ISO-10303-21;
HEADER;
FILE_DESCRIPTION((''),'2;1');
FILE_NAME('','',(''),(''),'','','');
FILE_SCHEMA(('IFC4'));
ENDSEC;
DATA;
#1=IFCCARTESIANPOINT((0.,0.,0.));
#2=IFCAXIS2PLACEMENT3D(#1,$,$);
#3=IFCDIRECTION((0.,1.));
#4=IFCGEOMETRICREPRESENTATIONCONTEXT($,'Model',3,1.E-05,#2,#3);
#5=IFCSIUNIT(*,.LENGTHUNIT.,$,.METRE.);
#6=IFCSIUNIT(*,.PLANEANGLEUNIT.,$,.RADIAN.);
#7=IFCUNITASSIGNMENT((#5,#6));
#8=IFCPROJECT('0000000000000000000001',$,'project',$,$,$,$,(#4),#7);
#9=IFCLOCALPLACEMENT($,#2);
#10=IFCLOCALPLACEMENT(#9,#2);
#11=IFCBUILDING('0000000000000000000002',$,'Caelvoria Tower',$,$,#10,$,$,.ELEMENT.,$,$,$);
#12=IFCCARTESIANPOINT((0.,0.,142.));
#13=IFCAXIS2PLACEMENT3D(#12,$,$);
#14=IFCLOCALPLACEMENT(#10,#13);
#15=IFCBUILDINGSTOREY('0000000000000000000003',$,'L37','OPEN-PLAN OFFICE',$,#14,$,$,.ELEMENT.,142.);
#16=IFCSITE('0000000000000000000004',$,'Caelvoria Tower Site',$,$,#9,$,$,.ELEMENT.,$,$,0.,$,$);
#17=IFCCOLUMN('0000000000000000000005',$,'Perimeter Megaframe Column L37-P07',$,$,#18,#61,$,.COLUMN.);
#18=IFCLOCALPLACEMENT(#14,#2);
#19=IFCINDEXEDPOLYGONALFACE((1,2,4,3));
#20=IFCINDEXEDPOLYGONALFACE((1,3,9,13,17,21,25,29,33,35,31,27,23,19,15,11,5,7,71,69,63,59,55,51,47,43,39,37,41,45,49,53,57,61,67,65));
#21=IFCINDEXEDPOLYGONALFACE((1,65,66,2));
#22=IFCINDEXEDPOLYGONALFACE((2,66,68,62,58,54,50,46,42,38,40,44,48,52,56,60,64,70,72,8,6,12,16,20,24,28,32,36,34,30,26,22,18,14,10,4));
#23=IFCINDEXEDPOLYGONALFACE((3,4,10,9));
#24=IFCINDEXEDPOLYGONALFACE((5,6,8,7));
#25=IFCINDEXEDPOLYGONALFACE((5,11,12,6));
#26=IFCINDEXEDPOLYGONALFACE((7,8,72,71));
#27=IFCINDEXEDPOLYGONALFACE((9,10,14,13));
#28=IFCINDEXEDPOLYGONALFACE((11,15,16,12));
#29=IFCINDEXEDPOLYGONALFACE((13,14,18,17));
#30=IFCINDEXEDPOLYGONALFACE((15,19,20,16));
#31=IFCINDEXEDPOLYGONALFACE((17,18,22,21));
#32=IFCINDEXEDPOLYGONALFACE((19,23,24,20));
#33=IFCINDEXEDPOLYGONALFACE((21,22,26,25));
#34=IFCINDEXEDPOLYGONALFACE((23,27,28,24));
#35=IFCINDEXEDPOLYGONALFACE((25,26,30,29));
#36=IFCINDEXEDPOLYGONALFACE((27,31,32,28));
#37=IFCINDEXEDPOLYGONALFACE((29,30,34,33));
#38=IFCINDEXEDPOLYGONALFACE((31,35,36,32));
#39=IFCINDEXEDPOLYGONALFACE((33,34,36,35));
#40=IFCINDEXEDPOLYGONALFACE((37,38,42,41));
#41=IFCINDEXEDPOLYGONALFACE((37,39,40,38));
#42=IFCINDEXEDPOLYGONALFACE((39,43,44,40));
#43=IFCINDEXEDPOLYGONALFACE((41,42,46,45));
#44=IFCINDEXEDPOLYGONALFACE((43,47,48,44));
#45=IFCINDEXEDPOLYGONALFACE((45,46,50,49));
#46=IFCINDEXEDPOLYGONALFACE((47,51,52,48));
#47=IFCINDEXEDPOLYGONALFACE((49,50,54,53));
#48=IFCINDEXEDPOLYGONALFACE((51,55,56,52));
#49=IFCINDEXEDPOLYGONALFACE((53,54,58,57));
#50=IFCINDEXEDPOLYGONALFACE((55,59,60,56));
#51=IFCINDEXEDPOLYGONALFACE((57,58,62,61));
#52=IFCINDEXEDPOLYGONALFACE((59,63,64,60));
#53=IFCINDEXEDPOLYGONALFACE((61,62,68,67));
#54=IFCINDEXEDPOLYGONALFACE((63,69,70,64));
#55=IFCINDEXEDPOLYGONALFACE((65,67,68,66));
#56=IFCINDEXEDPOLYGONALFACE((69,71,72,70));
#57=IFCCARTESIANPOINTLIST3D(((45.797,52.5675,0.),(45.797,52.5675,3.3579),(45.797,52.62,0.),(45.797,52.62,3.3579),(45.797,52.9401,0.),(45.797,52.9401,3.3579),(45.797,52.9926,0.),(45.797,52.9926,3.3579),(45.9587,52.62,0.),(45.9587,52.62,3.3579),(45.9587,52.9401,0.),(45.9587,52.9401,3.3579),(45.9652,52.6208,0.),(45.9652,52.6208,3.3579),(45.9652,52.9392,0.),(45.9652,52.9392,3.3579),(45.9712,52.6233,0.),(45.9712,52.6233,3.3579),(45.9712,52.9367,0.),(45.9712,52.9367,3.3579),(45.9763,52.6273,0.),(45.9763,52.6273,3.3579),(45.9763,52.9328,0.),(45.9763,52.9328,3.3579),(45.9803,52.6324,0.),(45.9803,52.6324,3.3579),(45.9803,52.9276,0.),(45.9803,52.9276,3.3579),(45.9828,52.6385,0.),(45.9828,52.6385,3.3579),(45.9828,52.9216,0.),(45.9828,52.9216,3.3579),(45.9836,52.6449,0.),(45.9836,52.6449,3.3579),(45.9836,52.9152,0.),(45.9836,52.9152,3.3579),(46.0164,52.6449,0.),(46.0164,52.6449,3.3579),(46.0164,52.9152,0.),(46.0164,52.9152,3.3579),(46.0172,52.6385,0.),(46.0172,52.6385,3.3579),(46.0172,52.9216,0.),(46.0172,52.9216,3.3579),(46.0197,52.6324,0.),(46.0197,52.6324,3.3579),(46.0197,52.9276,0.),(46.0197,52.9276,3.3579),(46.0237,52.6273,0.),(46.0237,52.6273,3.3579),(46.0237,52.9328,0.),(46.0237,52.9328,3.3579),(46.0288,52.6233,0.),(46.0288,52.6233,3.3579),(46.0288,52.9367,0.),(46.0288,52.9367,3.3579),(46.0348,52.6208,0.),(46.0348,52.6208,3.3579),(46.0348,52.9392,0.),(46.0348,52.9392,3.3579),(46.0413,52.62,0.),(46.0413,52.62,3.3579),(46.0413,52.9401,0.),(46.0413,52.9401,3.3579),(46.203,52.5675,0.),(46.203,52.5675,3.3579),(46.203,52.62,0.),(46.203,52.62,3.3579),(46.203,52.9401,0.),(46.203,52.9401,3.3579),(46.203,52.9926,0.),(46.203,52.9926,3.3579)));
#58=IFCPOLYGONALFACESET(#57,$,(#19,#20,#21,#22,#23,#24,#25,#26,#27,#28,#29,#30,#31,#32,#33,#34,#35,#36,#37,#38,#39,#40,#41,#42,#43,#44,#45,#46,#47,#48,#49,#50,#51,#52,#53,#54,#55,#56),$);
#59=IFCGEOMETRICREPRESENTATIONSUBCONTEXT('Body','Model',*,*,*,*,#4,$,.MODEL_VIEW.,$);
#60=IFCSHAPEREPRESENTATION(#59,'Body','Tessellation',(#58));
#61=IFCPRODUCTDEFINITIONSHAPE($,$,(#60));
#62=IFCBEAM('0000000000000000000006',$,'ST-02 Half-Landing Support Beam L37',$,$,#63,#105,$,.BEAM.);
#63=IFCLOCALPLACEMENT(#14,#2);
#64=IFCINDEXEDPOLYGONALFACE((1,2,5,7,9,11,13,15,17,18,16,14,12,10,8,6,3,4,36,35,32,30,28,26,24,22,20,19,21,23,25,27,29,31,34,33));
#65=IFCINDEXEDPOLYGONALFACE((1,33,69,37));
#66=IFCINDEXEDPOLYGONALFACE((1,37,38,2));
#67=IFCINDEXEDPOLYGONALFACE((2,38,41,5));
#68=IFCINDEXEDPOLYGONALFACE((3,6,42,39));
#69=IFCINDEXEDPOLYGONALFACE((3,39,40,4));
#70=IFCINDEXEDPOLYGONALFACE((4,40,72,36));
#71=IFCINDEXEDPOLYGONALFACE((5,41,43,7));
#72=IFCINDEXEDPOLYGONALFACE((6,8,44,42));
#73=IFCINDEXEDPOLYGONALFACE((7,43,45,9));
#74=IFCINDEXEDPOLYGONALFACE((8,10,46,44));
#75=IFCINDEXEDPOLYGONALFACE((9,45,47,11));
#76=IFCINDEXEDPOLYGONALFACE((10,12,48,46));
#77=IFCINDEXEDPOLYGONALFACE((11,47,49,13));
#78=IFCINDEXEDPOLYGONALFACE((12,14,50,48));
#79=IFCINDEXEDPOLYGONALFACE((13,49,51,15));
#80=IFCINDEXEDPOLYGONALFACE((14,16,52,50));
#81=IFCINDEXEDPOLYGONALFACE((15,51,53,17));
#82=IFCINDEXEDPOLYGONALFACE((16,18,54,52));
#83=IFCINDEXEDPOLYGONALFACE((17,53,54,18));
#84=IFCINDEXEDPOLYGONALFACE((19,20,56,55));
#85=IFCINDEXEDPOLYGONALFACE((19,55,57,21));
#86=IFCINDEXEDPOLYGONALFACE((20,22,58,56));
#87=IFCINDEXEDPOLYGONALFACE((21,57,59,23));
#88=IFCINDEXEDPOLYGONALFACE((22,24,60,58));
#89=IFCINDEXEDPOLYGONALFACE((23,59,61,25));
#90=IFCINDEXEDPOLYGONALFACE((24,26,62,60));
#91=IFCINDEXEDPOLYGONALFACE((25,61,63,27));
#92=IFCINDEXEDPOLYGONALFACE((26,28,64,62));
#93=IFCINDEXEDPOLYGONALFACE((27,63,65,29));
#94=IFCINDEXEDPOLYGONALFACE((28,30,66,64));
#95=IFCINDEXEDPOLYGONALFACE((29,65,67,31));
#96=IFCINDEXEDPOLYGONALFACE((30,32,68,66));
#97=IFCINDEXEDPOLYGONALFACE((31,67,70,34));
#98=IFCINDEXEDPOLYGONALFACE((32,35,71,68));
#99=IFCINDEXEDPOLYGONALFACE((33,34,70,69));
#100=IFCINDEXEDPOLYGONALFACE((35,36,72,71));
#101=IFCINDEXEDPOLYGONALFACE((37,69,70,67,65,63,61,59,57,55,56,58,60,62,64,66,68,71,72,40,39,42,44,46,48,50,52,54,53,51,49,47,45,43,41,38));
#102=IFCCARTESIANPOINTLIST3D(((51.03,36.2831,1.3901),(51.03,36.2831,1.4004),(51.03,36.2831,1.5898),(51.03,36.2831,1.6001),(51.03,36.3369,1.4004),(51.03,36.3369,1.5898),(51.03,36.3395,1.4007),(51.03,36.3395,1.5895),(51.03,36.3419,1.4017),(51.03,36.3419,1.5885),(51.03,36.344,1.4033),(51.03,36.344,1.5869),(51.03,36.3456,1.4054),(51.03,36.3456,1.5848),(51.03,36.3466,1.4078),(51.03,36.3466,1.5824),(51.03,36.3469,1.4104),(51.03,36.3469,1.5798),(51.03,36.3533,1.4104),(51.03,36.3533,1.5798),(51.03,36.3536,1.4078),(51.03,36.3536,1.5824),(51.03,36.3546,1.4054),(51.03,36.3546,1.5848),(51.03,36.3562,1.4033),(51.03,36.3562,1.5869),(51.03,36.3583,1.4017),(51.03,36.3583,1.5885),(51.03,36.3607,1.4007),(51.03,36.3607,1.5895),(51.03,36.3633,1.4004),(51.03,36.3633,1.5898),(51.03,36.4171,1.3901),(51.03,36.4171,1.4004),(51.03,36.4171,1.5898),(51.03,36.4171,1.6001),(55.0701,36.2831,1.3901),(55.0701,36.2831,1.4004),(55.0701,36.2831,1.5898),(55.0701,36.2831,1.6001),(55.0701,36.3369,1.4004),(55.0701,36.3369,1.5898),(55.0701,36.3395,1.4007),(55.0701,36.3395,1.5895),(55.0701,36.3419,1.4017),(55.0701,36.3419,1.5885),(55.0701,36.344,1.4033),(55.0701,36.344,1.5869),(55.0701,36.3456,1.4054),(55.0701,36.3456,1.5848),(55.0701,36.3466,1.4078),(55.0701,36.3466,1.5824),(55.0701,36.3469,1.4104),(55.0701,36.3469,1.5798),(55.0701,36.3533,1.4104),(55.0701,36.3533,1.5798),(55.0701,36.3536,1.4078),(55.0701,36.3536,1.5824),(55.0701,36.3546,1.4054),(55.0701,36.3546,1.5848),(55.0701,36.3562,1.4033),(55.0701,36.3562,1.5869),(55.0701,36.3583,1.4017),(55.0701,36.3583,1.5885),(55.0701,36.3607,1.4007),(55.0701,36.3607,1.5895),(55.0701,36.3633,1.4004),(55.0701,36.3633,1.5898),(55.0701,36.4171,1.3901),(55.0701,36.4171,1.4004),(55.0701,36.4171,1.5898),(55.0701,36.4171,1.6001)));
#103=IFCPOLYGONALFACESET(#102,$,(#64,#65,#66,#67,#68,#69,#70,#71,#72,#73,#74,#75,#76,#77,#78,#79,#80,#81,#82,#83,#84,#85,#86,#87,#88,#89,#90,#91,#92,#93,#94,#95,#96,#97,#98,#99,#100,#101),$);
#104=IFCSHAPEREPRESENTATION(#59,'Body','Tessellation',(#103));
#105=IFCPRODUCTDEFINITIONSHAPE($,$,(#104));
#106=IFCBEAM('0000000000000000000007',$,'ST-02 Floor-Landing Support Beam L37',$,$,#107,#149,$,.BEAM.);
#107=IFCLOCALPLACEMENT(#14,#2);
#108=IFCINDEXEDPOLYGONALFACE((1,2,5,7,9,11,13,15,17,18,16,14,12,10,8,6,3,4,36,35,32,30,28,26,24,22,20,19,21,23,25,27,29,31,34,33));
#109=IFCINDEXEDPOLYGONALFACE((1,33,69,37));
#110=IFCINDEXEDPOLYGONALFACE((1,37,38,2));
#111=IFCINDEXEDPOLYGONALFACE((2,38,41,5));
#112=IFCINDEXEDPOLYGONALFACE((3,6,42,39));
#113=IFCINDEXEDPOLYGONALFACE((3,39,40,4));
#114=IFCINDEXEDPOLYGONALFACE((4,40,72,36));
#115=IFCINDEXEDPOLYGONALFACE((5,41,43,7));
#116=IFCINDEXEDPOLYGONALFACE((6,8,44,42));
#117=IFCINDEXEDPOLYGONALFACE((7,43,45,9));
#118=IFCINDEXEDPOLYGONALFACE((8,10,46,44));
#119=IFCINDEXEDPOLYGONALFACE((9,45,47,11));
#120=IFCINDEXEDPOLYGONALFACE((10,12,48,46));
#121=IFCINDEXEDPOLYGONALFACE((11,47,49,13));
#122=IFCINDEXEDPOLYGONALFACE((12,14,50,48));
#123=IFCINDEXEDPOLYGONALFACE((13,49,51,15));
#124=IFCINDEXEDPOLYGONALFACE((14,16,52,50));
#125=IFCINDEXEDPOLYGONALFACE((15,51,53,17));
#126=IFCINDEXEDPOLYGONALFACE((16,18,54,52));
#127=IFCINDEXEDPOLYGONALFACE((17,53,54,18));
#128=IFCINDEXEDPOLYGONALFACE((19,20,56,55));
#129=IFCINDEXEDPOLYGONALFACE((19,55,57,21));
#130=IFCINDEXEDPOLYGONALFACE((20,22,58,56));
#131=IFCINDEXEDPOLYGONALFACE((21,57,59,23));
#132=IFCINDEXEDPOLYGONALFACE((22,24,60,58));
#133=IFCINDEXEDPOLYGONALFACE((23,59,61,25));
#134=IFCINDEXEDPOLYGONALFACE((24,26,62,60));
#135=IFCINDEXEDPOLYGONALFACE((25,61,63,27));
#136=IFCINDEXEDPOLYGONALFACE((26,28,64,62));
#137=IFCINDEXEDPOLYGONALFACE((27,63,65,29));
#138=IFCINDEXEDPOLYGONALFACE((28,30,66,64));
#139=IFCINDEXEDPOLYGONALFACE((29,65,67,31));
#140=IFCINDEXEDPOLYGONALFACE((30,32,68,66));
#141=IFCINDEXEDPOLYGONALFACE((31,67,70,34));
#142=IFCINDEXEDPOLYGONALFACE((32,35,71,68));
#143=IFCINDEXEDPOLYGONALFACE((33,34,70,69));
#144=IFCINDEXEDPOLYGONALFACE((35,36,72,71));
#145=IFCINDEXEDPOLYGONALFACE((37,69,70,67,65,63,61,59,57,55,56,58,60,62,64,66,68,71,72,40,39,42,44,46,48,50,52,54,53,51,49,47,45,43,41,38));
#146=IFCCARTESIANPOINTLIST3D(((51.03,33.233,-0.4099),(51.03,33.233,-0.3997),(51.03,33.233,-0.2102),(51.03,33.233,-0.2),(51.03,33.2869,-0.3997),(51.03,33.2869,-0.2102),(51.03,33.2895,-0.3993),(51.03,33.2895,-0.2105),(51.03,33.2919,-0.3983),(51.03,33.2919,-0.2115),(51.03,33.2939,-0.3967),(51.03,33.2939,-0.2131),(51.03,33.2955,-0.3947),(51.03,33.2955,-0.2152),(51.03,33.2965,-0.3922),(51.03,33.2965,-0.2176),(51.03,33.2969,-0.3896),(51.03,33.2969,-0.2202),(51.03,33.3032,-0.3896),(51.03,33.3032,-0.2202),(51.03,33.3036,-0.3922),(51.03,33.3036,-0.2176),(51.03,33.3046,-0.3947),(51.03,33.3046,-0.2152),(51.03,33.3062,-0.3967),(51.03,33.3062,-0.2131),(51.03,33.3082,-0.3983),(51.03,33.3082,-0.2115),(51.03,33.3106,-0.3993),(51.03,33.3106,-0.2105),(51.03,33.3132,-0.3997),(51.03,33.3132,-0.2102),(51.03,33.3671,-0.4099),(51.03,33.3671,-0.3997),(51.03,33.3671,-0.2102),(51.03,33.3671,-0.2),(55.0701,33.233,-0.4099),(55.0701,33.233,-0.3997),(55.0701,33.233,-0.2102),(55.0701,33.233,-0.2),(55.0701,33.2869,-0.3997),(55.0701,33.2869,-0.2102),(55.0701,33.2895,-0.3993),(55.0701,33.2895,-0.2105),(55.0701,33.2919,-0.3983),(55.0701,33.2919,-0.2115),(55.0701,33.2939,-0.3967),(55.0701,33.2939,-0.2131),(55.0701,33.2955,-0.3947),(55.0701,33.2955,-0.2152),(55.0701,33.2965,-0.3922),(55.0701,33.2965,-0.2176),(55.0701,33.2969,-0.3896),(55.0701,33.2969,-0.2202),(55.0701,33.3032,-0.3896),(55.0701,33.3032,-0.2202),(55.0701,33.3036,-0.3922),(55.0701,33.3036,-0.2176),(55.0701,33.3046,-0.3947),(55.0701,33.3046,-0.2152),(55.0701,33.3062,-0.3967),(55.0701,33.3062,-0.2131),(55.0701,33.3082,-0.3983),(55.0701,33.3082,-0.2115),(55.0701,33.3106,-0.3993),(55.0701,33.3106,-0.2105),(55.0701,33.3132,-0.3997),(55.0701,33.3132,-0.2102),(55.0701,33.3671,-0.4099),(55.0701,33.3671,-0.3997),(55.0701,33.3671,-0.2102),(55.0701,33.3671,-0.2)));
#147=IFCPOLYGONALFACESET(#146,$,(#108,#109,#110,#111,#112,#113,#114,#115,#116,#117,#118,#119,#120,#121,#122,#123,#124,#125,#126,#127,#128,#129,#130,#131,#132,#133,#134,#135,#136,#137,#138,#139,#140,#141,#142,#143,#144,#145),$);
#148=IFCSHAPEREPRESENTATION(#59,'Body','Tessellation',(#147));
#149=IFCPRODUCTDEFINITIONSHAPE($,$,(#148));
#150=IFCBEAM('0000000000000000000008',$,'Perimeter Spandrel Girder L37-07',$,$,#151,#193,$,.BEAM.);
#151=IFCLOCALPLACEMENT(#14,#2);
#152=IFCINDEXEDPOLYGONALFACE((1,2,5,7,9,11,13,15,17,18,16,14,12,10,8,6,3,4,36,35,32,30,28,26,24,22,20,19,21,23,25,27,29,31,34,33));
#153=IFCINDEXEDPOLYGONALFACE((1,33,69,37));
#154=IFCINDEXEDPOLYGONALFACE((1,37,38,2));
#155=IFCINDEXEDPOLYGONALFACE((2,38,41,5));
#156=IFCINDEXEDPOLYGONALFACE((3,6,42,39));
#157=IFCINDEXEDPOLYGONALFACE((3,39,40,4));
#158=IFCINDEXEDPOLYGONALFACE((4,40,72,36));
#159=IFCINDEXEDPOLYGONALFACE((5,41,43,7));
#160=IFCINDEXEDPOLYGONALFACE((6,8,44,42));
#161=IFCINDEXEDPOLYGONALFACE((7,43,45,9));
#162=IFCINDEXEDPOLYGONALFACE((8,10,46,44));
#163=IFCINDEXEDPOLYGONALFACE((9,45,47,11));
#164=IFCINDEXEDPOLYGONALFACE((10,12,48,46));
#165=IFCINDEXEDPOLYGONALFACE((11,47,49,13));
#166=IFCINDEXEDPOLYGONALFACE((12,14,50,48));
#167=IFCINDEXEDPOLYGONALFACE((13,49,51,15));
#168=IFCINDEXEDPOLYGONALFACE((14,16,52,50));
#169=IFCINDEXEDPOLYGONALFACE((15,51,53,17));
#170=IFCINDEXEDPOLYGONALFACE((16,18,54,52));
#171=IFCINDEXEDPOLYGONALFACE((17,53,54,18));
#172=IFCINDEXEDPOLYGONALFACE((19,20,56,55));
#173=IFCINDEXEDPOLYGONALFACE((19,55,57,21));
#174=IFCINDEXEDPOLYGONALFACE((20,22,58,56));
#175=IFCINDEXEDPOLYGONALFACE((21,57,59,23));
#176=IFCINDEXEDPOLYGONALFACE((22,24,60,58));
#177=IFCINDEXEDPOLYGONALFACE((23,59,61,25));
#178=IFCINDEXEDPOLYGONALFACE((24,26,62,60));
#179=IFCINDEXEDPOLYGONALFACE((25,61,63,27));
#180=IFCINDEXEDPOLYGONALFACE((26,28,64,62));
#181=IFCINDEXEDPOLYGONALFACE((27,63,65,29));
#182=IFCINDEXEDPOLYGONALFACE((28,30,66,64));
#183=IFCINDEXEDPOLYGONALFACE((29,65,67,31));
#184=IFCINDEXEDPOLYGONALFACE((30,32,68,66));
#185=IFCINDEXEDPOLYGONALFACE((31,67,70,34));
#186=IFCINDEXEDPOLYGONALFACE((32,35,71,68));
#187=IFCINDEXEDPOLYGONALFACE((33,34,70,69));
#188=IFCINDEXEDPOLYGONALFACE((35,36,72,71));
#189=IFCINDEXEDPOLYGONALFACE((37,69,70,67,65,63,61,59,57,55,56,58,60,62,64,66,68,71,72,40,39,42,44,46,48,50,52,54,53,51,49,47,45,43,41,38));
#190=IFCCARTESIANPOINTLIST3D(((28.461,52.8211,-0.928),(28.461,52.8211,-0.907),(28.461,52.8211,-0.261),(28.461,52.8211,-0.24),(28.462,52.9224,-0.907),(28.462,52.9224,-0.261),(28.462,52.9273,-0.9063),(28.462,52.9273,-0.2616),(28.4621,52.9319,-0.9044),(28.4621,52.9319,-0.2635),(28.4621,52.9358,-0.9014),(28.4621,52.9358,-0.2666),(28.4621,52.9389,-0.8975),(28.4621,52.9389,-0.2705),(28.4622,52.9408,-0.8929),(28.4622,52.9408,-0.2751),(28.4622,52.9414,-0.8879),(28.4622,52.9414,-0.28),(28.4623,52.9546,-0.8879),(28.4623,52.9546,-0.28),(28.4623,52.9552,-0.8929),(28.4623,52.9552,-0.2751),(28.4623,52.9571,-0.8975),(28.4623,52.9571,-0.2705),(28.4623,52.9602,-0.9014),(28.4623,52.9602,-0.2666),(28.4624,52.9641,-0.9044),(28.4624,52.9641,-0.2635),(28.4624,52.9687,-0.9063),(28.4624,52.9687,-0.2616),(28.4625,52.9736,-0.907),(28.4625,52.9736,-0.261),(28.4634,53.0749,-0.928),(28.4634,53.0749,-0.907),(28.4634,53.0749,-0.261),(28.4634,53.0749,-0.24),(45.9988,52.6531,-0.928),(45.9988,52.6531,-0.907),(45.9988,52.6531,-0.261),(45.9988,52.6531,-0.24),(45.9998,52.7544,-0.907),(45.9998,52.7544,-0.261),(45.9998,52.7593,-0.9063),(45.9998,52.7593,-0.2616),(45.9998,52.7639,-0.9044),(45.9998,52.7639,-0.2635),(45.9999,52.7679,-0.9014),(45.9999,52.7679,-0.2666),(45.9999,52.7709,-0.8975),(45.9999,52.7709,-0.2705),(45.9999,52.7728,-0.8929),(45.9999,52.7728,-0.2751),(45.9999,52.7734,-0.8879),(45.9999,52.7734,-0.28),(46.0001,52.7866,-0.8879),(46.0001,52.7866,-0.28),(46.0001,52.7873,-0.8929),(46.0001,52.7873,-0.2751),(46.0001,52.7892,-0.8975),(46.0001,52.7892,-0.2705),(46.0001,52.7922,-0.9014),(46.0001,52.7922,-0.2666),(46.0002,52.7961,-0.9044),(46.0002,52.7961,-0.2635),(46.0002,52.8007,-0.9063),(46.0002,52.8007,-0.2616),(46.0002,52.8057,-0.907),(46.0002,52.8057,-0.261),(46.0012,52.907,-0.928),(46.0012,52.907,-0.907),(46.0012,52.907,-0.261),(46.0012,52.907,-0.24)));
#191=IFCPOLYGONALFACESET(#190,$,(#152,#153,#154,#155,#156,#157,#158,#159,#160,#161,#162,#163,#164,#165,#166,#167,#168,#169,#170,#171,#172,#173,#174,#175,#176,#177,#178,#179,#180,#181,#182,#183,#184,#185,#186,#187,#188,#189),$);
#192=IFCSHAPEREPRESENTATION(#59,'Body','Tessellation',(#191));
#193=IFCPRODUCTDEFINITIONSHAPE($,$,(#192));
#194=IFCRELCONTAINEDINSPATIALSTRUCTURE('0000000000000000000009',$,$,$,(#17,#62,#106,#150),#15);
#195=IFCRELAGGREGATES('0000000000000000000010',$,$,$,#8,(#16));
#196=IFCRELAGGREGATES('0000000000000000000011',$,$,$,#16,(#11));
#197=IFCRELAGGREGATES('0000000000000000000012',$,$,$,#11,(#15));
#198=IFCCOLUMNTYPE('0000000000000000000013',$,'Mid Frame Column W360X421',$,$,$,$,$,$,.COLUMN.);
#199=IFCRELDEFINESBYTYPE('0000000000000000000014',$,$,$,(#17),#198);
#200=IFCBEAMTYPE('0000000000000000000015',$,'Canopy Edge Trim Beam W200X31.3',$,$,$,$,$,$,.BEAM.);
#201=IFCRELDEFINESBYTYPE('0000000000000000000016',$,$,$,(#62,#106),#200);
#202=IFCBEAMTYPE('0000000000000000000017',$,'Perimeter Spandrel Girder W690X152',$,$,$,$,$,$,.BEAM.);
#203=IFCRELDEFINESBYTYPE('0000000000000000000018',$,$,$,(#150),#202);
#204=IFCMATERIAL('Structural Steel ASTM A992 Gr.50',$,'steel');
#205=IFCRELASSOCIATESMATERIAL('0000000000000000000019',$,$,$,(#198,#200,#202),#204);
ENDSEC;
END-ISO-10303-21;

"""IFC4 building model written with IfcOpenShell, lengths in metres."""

from ifc_helpers import new_model, si_unit, direction, frame, origin, origin_2d, place, context, subcontext, project, spatial, i_section, extrude, material, material_profile, profile_set, type_object, element, save


model = new_model("IFC4")

# Units and contexts
model_context = context("Model", 3, precision=1e-05, world=origin(), true_north=direction((0.0, 1.0)))
body_context = subcontext(model_context, "Body", "Model", "MODEL_VIEW")
ifc_project = project(units=[si_unit("LENGTHUNIT", "METRE"), si_unit("PLANEANGLEUNIT", "RADIAN")], contexts=[model_context])

# Site, building, storey
site_placement = place(None, origin())
site = spatial("IfcSite", under=ifc_project, at=site_placement, Name="Caelvoria Tower Site", CompositionType="ELEMENT", RefElevation=0.0)
building_placement = place(site_placement, origin())
building = spatial("IfcBuilding", under=site, at=building_placement, Name="Caelvoria Tower", CompositionType="ELEMENT")
storey_placement = place(building_placement, frame((0.0, 0.0, 142.0)))
storey = spatial("IfcBuildingStorey", under=building, at=storey_placement, Name="L37", Description="OPEN-PLAN OFFICE", CompositionType="ELEMENT", Elevation=142.0)

# Column
ifc_material_1 = material(Name="Structural Steel ASTM A992 Gr.50", Category="steel")
ifc_material_profile_1 = material_profile(ifc_material_1, i_section(OverallWidth=0.406, OverallDepth=0.425, WebThickness=0.0327, FlangeThickness=0.0525, FilletRadius=0.0249, at=origin_2d()), Name="Structural Steel ASTM A992 Gr.50")
ifc_profile_set_1 = profile_set([ifc_material_profile_1], Name="W360X421 - Structural Steel ASTM A992 Gr.50")
column_type = type_object("IfcColumnType", Name="Mid Frame Column W360X421", PredefinedType="COLUMN", material=ifc_profile_set_1)
column_placement = place(storey_placement, frame((46.0, 52.78, 0.0), z_axis=(0.0, 0.0, 1.0), x_axis=(1.0, 0.0, 0.0)))
element("IfcColumn", 1, at=column_placement, inside=storey, type_object=column_type, Name="Perimeter Megaframe Column L37-P07", PredefinedType="COLUMN", context=body_context, shape_type="SweptSolid", body=[
    extrude(i_section(OverallWidth=0.406, OverallDepth=0.425, WebThickness=0.0327, FlangeThickness=0.0525, FilletRadius=0.0249, at=origin_2d()), origin(), (0.0, 0.0, 1.0), 3.3579),
])

# Beams
ifc_material_profile_2 = material_profile(ifc_material_1, i_section(OverallWidth=0.134, OverallDepth=0.21, WebThickness=0.0063, FlangeThickness=0.0103, FilletRadius=0.01, at=origin_2d()), Name="Structural Steel ASTM A992 Gr.50")
ifc_profile_set_2 = profile_set([ifc_material_profile_2], Name="W200X31.3 - Structural Steel ASTM A992 Gr.50")
beam_type_1 = type_object("IfcBeamType", Name="Canopy Edge Trim Beam W200X31.3", PredefinedType="BEAM", material=ifc_profile_set_2)
for number, where, z_axis, x_axis, name in (
    (2, (51.03, 36.3501, 1.4951), (1.0, 0.0, 0.0), (0.0, 1.0, 0.0), "ST-02 Half-Landing Support Beam L37"),
    (3, (51.03, 33.3, -0.3049), (1.0, 0.0, 0.0), (0.0, 1.0, 0.0), "ST-02 Floor-Landing Support Beam L37"),
):
    element("IfcBeam", number, at=place(storey_placement, frame(where, z_axis=z_axis, x_axis=x_axis)), inside=storey, type_object=beam_type_1, Name=name, PredefinedType="BEAM", context=body_context, shape_type="SweptSolid", body=[
        extrude(i_section(OverallWidth=0.134, OverallDepth=0.21, WebThickness=0.0063, FlangeThickness=0.0103, FilletRadius=0.01, at=origin_2d()), origin(), (0.0, 0.0, 1.0), 4.04),
    ])
ifc_material_profile_3 = material_profile(ifc_material_1, i_section(OverallWidth=0.2539, OverallDepth=0.688, WebThickness=0.0132, FlangeThickness=0.021, FilletRadius=0.019, at=origin_2d()), Name="Structural Steel ASTM A992 Gr.50")
ifc_profile_set_3 = profile_set([ifc_material_profile_3], Name="W690X152 - Structural Steel ASTM A992 Gr.50")
beam_type_2 = type_object("IfcBeamType", Name="Perimeter Spandrel Girder W690X152", PredefinedType="BEAM", material=ifc_profile_set_3)
beam_1_placement = place(storey_placement, frame((46.0, 52.78, -0.584), z_axis=(-0.999954, 0.009577, 0.0), x_axis=(-0.009577, -0.999954, 0.0)))
element("IfcBeam", 4, at=beam_1_placement, inside=storey, type_object=beam_type_2, Name="Perimeter Spandrel Girder L37-07", PredefinedType="BEAM", context=body_context, shape_type="SweptSolid", body=[
    extrude(i_section(OverallWidth=0.2539, OverallDepth=0.688, WebThickness=0.0132, FlangeThickness=0.021, FilletRadius=0.019, at=origin_2d()), origin(), (0.0, 0.0, 1.0), 17.5386),
])

save(model, "model.ifc")
